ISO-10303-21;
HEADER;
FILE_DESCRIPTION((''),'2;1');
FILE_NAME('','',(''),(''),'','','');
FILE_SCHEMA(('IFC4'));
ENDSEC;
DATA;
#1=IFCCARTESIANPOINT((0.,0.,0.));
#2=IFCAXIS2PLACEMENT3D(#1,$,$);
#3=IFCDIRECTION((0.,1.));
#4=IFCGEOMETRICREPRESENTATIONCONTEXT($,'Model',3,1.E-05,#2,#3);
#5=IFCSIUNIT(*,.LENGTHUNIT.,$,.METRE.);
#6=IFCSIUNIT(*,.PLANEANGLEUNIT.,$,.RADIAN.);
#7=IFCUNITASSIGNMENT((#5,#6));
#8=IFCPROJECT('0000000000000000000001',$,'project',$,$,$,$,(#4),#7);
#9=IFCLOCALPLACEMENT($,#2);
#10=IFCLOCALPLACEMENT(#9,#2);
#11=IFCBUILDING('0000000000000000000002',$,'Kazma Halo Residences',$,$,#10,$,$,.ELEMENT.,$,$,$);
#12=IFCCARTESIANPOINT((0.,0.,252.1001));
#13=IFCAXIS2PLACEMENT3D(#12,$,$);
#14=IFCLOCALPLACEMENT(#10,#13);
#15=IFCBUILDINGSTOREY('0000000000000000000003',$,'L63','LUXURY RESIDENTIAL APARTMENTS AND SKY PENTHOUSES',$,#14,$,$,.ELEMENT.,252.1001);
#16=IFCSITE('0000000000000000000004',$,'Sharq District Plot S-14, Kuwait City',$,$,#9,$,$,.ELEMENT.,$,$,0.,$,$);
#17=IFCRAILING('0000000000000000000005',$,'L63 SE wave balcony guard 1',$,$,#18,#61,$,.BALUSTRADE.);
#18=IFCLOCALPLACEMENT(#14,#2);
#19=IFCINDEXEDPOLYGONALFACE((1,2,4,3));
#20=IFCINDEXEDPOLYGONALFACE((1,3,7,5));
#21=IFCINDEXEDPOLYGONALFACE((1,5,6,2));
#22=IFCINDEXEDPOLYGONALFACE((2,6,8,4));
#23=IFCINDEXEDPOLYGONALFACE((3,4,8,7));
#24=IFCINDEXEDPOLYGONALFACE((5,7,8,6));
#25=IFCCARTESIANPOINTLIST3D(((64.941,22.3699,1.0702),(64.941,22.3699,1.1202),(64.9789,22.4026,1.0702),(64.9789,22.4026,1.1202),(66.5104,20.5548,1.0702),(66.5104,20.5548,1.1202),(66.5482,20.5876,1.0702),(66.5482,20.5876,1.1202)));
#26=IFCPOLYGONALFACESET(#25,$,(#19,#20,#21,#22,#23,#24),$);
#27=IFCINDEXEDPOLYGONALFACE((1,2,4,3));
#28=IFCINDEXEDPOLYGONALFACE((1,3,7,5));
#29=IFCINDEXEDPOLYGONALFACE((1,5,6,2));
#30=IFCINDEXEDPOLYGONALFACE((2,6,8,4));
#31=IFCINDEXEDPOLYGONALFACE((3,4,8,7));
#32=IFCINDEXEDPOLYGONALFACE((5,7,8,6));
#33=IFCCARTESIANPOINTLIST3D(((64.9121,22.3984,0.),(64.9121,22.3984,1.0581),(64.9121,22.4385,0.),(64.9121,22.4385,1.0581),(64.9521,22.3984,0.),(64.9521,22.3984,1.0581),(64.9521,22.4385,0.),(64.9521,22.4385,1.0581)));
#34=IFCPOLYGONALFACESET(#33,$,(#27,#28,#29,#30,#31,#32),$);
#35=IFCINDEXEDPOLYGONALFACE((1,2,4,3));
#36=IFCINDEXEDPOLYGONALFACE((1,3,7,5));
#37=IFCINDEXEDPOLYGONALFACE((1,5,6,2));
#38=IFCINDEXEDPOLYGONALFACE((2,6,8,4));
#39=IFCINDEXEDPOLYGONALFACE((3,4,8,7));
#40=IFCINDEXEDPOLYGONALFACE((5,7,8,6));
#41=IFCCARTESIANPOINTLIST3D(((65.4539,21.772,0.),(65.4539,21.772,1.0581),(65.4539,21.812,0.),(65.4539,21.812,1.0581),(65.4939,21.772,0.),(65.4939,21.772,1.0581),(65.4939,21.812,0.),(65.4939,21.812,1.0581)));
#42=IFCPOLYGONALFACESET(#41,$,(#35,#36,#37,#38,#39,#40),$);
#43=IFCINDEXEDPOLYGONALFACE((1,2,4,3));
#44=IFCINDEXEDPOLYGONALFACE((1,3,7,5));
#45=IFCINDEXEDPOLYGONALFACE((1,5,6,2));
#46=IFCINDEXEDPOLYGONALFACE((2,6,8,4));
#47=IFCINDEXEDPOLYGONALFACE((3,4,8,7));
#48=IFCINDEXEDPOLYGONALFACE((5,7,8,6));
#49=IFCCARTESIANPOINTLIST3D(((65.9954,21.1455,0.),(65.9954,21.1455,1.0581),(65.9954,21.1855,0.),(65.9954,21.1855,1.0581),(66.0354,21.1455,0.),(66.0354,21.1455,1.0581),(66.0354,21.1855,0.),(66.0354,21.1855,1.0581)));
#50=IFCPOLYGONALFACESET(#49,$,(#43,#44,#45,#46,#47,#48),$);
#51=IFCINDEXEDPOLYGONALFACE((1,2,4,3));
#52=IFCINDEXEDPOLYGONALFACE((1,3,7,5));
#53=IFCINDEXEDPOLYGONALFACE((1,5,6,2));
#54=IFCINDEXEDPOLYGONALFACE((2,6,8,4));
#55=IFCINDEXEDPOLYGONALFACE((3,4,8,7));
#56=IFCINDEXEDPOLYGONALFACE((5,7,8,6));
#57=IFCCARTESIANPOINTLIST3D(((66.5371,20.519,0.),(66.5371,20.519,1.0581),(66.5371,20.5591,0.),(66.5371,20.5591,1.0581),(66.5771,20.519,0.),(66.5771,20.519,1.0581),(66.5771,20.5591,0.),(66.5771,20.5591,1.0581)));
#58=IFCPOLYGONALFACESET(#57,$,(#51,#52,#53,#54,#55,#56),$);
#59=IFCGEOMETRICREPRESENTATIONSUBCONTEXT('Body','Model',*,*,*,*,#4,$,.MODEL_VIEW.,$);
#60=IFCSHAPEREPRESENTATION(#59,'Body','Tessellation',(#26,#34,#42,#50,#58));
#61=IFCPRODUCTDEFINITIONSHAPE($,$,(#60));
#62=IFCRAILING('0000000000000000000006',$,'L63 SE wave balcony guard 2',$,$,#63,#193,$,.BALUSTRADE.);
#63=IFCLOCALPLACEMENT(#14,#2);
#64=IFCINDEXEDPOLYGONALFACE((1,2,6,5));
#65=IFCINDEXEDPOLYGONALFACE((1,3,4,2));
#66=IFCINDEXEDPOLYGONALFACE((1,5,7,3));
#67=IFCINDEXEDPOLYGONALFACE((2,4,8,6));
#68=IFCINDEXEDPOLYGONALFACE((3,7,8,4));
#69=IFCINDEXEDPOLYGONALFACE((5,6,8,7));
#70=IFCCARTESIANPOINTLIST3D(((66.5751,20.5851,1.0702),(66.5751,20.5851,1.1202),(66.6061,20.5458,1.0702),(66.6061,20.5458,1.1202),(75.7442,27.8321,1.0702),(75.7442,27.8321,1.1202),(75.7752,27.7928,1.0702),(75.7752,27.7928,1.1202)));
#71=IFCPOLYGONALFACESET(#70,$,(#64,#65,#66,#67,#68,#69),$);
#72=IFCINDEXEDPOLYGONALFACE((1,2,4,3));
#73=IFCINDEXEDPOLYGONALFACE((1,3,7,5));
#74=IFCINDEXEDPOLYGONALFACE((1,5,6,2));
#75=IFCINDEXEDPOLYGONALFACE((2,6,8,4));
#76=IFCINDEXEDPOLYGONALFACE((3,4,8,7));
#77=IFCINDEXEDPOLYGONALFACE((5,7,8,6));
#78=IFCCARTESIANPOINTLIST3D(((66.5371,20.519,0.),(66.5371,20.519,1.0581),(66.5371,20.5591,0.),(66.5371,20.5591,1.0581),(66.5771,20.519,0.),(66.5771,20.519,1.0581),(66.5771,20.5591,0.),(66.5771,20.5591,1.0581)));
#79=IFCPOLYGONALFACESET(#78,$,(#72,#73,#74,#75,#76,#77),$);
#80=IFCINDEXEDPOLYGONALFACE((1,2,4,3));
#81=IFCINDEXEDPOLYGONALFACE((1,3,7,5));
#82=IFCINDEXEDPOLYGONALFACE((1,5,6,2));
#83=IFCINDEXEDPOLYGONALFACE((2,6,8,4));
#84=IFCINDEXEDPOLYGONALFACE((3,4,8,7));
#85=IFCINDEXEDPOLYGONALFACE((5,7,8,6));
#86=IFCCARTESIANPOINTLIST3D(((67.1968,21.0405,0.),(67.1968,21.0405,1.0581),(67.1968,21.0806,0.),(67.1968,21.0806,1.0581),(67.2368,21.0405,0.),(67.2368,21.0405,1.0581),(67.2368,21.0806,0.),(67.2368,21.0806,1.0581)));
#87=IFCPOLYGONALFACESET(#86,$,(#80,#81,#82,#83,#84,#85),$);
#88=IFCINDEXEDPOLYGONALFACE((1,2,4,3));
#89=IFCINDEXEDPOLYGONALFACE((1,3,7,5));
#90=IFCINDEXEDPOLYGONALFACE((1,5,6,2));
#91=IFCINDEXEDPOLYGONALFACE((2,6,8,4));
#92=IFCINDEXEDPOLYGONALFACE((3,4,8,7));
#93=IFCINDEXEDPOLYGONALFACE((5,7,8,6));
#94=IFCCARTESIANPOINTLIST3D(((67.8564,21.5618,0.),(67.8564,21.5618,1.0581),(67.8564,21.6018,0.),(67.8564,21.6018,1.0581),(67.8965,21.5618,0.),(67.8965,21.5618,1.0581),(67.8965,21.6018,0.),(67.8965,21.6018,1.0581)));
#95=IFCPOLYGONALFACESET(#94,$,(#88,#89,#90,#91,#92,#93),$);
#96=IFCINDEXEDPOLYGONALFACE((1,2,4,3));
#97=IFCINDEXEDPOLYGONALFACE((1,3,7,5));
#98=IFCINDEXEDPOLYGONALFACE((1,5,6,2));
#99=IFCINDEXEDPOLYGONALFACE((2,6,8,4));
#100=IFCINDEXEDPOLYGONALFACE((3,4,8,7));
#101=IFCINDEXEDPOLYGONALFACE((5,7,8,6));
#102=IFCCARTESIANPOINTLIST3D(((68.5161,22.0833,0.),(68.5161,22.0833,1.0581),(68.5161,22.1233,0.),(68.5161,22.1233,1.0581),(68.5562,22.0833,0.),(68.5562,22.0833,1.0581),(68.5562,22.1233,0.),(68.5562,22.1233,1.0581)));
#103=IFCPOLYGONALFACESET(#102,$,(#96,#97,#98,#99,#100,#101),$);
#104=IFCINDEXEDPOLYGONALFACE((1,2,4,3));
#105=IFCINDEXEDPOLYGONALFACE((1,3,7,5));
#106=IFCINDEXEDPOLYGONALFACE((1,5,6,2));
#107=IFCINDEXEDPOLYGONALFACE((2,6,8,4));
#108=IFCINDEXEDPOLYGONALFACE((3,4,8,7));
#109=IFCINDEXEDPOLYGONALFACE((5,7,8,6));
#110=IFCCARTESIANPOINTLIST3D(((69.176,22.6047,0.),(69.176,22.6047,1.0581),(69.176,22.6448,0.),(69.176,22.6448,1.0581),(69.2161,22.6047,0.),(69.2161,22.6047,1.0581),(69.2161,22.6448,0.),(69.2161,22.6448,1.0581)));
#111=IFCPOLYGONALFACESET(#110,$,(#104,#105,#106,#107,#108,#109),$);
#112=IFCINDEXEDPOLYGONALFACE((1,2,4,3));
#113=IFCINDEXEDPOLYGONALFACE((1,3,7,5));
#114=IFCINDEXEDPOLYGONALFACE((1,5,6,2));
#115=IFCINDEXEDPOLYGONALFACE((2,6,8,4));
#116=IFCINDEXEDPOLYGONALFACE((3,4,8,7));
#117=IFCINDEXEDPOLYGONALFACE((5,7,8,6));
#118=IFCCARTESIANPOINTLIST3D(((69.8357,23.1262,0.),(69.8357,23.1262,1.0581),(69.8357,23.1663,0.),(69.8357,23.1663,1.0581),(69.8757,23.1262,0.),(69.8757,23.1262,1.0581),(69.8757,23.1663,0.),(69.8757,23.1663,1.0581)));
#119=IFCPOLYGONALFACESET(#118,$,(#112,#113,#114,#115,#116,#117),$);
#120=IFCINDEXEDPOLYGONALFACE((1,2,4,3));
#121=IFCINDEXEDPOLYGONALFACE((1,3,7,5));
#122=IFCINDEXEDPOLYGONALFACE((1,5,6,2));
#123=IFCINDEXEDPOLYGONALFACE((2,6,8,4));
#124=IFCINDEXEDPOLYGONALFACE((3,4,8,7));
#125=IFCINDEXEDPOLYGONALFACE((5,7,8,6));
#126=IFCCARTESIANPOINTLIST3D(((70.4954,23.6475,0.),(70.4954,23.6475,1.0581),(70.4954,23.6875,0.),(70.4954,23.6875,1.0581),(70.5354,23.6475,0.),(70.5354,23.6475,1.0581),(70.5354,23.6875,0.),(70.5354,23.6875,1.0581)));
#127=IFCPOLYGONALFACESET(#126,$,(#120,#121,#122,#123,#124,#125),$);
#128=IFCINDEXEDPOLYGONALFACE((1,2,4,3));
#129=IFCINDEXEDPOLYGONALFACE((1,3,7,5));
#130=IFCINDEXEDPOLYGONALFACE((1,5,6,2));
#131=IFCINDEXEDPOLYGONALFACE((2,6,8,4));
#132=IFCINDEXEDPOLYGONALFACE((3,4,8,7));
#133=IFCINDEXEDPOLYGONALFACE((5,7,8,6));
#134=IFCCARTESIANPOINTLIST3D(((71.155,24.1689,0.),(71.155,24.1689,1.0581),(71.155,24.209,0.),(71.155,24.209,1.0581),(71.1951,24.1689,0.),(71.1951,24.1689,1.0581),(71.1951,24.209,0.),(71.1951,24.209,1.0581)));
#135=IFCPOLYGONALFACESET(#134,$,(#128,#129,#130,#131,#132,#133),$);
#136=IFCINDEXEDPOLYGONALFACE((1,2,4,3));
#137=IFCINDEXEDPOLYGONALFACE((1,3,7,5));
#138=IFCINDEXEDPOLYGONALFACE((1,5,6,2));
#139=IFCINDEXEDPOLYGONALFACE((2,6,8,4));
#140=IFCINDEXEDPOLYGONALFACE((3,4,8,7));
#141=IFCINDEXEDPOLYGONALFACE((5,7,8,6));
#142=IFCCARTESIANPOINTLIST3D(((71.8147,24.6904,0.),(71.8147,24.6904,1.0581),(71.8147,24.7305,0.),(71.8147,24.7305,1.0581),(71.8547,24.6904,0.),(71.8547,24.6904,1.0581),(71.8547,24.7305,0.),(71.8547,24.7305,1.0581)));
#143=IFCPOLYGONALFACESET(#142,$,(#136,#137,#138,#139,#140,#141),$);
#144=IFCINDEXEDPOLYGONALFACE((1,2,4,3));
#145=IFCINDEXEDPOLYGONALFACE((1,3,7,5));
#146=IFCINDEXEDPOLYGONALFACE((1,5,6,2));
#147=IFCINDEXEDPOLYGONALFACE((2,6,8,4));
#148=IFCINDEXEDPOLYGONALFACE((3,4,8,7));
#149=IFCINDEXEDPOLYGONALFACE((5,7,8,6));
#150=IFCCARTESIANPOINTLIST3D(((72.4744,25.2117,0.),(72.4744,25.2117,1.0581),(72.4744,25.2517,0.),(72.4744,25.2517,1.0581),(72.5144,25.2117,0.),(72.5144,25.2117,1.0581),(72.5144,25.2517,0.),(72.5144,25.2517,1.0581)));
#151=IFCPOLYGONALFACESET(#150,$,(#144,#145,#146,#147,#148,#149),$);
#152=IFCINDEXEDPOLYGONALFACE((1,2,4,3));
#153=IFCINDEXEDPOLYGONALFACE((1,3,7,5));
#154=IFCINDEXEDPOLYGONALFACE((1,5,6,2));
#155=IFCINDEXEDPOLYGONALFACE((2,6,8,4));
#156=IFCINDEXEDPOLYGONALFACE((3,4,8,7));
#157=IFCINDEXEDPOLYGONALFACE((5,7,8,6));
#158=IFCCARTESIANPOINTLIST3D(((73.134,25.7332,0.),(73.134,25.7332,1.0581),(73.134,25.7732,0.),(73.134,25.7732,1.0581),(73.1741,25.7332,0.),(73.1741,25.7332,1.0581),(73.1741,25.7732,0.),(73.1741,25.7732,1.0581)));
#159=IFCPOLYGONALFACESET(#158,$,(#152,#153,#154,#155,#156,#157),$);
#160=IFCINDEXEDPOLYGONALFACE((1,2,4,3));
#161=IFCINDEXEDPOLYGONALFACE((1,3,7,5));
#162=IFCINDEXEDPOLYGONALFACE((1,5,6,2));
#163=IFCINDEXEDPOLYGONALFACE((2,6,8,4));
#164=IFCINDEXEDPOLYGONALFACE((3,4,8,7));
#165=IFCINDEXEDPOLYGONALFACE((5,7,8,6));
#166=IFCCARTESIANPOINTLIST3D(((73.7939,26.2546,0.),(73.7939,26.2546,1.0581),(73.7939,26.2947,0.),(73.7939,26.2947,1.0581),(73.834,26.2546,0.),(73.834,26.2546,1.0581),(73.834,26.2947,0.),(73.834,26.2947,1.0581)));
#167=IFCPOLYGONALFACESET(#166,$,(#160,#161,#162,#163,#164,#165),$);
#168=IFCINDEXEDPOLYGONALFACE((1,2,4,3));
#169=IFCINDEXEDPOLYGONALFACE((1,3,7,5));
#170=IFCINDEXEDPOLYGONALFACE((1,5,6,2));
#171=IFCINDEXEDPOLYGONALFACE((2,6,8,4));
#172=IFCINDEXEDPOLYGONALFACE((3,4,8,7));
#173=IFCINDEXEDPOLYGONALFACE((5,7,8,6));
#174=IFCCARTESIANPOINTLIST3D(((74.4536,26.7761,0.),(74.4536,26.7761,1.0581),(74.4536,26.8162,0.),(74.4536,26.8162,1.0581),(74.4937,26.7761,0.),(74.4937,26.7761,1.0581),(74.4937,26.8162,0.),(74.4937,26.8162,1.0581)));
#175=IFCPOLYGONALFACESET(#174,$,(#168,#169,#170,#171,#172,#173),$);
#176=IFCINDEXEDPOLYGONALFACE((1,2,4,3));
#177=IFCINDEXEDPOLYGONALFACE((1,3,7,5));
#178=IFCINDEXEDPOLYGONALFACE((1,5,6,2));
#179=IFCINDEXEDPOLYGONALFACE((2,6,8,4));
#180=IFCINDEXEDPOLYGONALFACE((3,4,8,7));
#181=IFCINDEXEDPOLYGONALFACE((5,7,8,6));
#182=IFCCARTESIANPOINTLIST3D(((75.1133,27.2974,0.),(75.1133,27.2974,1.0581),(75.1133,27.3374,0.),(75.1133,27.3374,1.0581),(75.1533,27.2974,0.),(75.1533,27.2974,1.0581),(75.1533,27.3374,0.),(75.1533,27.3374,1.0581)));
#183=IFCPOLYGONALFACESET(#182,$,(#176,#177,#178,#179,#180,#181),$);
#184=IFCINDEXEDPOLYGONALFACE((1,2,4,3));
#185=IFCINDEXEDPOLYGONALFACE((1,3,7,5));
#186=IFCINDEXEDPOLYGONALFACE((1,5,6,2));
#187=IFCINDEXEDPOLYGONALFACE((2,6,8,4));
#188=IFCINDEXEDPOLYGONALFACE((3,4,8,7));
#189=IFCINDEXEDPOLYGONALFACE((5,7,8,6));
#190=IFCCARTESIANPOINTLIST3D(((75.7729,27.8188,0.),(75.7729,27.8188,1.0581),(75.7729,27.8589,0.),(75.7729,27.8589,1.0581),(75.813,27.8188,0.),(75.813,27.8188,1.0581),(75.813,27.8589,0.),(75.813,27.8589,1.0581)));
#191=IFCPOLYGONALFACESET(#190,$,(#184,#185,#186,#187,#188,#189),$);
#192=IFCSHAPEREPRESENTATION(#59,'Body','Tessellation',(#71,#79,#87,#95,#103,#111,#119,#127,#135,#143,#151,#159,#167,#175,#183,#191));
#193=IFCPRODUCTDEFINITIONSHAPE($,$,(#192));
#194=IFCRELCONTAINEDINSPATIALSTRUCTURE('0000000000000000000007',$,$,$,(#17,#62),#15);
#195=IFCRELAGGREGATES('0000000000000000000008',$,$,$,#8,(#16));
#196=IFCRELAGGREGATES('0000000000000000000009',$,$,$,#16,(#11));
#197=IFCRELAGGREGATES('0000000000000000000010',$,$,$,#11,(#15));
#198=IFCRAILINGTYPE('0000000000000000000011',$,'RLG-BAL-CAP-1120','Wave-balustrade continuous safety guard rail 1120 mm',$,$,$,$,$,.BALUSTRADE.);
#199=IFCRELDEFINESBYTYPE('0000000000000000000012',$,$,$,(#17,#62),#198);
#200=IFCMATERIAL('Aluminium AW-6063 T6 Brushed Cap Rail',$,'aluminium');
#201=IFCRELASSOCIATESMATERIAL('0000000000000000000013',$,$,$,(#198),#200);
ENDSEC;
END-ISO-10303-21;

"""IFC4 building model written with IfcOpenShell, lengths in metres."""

from ifc_helpers import new_model, si_unit, direction, frame, origin, origin_2d, place, context, subcontext, project, spatial, rectangle, extrude, material, type_object, element, save


model = new_model("IFC4")

# Units and contexts
model_context = context("Model", 3, precision=1e-05, world=origin(), true_north=direction((0.0, 1.0)))
body_context = subcontext(model_context, "Body", "Model", "MODEL_VIEW")
ifc_project = project(units=[si_unit("LENGTHUNIT", "METRE"), si_unit("PLANEANGLEUNIT", "RADIAN")], contexts=[model_context])

# Site, building, storey
site_placement = place(None, origin())
site = spatial("IfcSite", under=ifc_project, at=site_placement, Name="Sharq District Plot S-14, Kuwait City", CompositionType="ELEMENT", RefElevation=0.0)
building_placement = place(site_placement, origin())
building = spatial("IfcBuilding", under=site, at=building_placement, Name="Kazma Halo Residences", CompositionType="ELEMENT")
storey_placement = place(building_placement, frame((0.0, 0.0, 252.1001)))
storey = spatial("IfcBuildingStorey", under=building, at=storey_placement, Name="L63", Description="LUXURY RESIDENTIAL APARTMENTS AND SKY PENTHOUSES", CompositionType="ELEMENT", Elevation=252.1001)

# Railings
ifc_material_1 = material(Name="Aluminium AW-6063 T6 Brushed Cap Rail", Category="aluminium")
railing_type = type_object("IfcRailingType", Name="RLG-BAL-CAP-1120", Description="Wave-balustrade continuous safety guard rail 1120 mm", PredefinedType="BALUSTRADE", material=ifc_material_1)
railing_1_placement = place(storey_placement, frame((64.9321, 22.4185, 0.0)))
element("IfcRailing", 1, at=railing_1_placement, inside=storey, type_object=railing_type, Name="L63 SE wave balcony guard 1", PredefinedType="BALUSTRADE", context=body_context, shape_type="SweptSolid", body=[
    extrude(rectangle(XDim=0.05, YDim=0.05, at=origin_2d()), frame((0.0278, -0.0322, 1.0952), z_axis=(0.654055, -0.756447, 0.0), x_axis=(0.756447, 0.654055, 0.0)), (0.0, 0.0, 1.0), 2.3994),
    extrude(rectangle(XDim=0.04, YDim=0.04, at=origin_2d()), origin(), (0.0, 0.0, 1.0), 1.0581),
    extrude(rectangle(XDim=0.04, YDim=0.04, at=origin_2d()), frame((0.5417, -0.6265, 0.0)), (0.0, 0.0, 1.0), 1.0581),
    extrude(rectangle(XDim=0.04, YDim=0.04, at=origin_2d()), frame((1.0833, -1.2529, 0.0)), (0.0, 0.0, 1.0), 1.0581),
    extrude(rectangle(XDim=0.04, YDim=0.04, at=origin_2d()), frame((1.625, -1.8794, 0.0)), (0.0, 0.0, 1.0), 1.0581),
])
railing_2_placement = place(storey_placement, frame((66.5571, 20.5391, 0.0)))
element("IfcRailing", 2, at=railing_2_placement, inside=storey, type_object=railing_type, Name="L63 SE wave balcony guard 2", PredefinedType="BALUSTRADE", context=body_context, shape_type="SweptSolid", body=[
    extrude(rectangle(XDim=0.05, YDim=0.05, at=origin_2d()), frame((0.0334, 0.0264, 1.0952), z_axis=(0.784538, 0.620081, 0.0), x_axis=(-0.620081, 0.784538, 0.0)), (0.0, 0.0, 1.0), 11.6873),
    extrude(rectangle(XDim=0.04, YDim=0.04, at=origin_2d()), origin(), (0.0, 0.0, 1.0), 1.0581),
    extrude(rectangle(XDim=0.04, YDim=0.04, at=origin_2d()), frame((0.6597, 0.5215, 0.0)), (0.0, 0.0, 1.0), 1.0581),
    extrude(rectangle(XDim=0.04, YDim=0.04, at=origin_2d()), frame((1.3193, 1.0427, 0.0)), (0.0, 0.0, 1.0), 1.0581),
    extrude(rectangle(XDim=0.04, YDim=0.04, at=origin_2d()), frame((1.979, 1.5642, 0.0)), (0.0, 0.0, 1.0), 1.0581),
    extrude(rectangle(XDim=0.04, YDim=0.04, at=origin_2d()), frame((2.6389, 2.0857, 0.0)), (0.0, 0.0, 1.0), 1.0581),
    extrude(rectangle(XDim=0.04, YDim=0.04, at=origin_2d()), frame((3.2986, 2.6072, 0.0)), (0.0, 0.0, 1.0), 1.0581),
    extrude(rectangle(XDim=0.04, YDim=0.04, at=origin_2d()), frame((3.9583, 3.1284, 0.0)), (0.0, 0.0, 1.0), 1.0581),
    extrude(rectangle(XDim=0.04, YDim=0.04, at=origin_2d()), frame((4.6179, 3.6499, 0.0)), (0.0, 0.0, 1.0), 1.0581),
    extrude(rectangle(XDim=0.04, YDim=0.04, at=origin_2d()), frame((5.2776, 4.1714, 0.0)), (0.0, 0.0, 1.0), 1.0581),
    extrude(rectangle(XDim=0.04, YDim=0.04, at=origin_2d()), frame((5.9373, 4.6926, 0.0)), (0.0, 0.0, 1.0), 1.0581),
    extrude(rectangle(XDim=0.04, YDim=0.04, at=origin_2d()), frame((6.5969, 5.2141, 0.0)), (0.0, 0.0, 1.0), 1.0581),
    extrude(rectangle(XDim=0.04, YDim=0.04, at=origin_2d()), frame((7.2568, 5.7356, 0.0)), (0.0, 0.0, 1.0), 1.0581),
    extrude(rectangle(XDim=0.04, YDim=0.04, at=origin_2d()), frame((7.9165, 6.2571, 0.0)), (0.0, 0.0, 1.0), 1.0581),
    extrude(rectangle(XDim=0.04, YDim=0.04, at=origin_2d()), frame((8.5762, 6.7783, 0.0)), (0.0, 0.0, 1.0), 1.0581),
    extrude(rectangle(XDim=0.04, YDim=0.04, at=origin_2d()), frame((9.2358, 7.2998, 0.0)), (0.0, 0.0, 1.0), 1.0581),
])

save(model, "model.ifc")
